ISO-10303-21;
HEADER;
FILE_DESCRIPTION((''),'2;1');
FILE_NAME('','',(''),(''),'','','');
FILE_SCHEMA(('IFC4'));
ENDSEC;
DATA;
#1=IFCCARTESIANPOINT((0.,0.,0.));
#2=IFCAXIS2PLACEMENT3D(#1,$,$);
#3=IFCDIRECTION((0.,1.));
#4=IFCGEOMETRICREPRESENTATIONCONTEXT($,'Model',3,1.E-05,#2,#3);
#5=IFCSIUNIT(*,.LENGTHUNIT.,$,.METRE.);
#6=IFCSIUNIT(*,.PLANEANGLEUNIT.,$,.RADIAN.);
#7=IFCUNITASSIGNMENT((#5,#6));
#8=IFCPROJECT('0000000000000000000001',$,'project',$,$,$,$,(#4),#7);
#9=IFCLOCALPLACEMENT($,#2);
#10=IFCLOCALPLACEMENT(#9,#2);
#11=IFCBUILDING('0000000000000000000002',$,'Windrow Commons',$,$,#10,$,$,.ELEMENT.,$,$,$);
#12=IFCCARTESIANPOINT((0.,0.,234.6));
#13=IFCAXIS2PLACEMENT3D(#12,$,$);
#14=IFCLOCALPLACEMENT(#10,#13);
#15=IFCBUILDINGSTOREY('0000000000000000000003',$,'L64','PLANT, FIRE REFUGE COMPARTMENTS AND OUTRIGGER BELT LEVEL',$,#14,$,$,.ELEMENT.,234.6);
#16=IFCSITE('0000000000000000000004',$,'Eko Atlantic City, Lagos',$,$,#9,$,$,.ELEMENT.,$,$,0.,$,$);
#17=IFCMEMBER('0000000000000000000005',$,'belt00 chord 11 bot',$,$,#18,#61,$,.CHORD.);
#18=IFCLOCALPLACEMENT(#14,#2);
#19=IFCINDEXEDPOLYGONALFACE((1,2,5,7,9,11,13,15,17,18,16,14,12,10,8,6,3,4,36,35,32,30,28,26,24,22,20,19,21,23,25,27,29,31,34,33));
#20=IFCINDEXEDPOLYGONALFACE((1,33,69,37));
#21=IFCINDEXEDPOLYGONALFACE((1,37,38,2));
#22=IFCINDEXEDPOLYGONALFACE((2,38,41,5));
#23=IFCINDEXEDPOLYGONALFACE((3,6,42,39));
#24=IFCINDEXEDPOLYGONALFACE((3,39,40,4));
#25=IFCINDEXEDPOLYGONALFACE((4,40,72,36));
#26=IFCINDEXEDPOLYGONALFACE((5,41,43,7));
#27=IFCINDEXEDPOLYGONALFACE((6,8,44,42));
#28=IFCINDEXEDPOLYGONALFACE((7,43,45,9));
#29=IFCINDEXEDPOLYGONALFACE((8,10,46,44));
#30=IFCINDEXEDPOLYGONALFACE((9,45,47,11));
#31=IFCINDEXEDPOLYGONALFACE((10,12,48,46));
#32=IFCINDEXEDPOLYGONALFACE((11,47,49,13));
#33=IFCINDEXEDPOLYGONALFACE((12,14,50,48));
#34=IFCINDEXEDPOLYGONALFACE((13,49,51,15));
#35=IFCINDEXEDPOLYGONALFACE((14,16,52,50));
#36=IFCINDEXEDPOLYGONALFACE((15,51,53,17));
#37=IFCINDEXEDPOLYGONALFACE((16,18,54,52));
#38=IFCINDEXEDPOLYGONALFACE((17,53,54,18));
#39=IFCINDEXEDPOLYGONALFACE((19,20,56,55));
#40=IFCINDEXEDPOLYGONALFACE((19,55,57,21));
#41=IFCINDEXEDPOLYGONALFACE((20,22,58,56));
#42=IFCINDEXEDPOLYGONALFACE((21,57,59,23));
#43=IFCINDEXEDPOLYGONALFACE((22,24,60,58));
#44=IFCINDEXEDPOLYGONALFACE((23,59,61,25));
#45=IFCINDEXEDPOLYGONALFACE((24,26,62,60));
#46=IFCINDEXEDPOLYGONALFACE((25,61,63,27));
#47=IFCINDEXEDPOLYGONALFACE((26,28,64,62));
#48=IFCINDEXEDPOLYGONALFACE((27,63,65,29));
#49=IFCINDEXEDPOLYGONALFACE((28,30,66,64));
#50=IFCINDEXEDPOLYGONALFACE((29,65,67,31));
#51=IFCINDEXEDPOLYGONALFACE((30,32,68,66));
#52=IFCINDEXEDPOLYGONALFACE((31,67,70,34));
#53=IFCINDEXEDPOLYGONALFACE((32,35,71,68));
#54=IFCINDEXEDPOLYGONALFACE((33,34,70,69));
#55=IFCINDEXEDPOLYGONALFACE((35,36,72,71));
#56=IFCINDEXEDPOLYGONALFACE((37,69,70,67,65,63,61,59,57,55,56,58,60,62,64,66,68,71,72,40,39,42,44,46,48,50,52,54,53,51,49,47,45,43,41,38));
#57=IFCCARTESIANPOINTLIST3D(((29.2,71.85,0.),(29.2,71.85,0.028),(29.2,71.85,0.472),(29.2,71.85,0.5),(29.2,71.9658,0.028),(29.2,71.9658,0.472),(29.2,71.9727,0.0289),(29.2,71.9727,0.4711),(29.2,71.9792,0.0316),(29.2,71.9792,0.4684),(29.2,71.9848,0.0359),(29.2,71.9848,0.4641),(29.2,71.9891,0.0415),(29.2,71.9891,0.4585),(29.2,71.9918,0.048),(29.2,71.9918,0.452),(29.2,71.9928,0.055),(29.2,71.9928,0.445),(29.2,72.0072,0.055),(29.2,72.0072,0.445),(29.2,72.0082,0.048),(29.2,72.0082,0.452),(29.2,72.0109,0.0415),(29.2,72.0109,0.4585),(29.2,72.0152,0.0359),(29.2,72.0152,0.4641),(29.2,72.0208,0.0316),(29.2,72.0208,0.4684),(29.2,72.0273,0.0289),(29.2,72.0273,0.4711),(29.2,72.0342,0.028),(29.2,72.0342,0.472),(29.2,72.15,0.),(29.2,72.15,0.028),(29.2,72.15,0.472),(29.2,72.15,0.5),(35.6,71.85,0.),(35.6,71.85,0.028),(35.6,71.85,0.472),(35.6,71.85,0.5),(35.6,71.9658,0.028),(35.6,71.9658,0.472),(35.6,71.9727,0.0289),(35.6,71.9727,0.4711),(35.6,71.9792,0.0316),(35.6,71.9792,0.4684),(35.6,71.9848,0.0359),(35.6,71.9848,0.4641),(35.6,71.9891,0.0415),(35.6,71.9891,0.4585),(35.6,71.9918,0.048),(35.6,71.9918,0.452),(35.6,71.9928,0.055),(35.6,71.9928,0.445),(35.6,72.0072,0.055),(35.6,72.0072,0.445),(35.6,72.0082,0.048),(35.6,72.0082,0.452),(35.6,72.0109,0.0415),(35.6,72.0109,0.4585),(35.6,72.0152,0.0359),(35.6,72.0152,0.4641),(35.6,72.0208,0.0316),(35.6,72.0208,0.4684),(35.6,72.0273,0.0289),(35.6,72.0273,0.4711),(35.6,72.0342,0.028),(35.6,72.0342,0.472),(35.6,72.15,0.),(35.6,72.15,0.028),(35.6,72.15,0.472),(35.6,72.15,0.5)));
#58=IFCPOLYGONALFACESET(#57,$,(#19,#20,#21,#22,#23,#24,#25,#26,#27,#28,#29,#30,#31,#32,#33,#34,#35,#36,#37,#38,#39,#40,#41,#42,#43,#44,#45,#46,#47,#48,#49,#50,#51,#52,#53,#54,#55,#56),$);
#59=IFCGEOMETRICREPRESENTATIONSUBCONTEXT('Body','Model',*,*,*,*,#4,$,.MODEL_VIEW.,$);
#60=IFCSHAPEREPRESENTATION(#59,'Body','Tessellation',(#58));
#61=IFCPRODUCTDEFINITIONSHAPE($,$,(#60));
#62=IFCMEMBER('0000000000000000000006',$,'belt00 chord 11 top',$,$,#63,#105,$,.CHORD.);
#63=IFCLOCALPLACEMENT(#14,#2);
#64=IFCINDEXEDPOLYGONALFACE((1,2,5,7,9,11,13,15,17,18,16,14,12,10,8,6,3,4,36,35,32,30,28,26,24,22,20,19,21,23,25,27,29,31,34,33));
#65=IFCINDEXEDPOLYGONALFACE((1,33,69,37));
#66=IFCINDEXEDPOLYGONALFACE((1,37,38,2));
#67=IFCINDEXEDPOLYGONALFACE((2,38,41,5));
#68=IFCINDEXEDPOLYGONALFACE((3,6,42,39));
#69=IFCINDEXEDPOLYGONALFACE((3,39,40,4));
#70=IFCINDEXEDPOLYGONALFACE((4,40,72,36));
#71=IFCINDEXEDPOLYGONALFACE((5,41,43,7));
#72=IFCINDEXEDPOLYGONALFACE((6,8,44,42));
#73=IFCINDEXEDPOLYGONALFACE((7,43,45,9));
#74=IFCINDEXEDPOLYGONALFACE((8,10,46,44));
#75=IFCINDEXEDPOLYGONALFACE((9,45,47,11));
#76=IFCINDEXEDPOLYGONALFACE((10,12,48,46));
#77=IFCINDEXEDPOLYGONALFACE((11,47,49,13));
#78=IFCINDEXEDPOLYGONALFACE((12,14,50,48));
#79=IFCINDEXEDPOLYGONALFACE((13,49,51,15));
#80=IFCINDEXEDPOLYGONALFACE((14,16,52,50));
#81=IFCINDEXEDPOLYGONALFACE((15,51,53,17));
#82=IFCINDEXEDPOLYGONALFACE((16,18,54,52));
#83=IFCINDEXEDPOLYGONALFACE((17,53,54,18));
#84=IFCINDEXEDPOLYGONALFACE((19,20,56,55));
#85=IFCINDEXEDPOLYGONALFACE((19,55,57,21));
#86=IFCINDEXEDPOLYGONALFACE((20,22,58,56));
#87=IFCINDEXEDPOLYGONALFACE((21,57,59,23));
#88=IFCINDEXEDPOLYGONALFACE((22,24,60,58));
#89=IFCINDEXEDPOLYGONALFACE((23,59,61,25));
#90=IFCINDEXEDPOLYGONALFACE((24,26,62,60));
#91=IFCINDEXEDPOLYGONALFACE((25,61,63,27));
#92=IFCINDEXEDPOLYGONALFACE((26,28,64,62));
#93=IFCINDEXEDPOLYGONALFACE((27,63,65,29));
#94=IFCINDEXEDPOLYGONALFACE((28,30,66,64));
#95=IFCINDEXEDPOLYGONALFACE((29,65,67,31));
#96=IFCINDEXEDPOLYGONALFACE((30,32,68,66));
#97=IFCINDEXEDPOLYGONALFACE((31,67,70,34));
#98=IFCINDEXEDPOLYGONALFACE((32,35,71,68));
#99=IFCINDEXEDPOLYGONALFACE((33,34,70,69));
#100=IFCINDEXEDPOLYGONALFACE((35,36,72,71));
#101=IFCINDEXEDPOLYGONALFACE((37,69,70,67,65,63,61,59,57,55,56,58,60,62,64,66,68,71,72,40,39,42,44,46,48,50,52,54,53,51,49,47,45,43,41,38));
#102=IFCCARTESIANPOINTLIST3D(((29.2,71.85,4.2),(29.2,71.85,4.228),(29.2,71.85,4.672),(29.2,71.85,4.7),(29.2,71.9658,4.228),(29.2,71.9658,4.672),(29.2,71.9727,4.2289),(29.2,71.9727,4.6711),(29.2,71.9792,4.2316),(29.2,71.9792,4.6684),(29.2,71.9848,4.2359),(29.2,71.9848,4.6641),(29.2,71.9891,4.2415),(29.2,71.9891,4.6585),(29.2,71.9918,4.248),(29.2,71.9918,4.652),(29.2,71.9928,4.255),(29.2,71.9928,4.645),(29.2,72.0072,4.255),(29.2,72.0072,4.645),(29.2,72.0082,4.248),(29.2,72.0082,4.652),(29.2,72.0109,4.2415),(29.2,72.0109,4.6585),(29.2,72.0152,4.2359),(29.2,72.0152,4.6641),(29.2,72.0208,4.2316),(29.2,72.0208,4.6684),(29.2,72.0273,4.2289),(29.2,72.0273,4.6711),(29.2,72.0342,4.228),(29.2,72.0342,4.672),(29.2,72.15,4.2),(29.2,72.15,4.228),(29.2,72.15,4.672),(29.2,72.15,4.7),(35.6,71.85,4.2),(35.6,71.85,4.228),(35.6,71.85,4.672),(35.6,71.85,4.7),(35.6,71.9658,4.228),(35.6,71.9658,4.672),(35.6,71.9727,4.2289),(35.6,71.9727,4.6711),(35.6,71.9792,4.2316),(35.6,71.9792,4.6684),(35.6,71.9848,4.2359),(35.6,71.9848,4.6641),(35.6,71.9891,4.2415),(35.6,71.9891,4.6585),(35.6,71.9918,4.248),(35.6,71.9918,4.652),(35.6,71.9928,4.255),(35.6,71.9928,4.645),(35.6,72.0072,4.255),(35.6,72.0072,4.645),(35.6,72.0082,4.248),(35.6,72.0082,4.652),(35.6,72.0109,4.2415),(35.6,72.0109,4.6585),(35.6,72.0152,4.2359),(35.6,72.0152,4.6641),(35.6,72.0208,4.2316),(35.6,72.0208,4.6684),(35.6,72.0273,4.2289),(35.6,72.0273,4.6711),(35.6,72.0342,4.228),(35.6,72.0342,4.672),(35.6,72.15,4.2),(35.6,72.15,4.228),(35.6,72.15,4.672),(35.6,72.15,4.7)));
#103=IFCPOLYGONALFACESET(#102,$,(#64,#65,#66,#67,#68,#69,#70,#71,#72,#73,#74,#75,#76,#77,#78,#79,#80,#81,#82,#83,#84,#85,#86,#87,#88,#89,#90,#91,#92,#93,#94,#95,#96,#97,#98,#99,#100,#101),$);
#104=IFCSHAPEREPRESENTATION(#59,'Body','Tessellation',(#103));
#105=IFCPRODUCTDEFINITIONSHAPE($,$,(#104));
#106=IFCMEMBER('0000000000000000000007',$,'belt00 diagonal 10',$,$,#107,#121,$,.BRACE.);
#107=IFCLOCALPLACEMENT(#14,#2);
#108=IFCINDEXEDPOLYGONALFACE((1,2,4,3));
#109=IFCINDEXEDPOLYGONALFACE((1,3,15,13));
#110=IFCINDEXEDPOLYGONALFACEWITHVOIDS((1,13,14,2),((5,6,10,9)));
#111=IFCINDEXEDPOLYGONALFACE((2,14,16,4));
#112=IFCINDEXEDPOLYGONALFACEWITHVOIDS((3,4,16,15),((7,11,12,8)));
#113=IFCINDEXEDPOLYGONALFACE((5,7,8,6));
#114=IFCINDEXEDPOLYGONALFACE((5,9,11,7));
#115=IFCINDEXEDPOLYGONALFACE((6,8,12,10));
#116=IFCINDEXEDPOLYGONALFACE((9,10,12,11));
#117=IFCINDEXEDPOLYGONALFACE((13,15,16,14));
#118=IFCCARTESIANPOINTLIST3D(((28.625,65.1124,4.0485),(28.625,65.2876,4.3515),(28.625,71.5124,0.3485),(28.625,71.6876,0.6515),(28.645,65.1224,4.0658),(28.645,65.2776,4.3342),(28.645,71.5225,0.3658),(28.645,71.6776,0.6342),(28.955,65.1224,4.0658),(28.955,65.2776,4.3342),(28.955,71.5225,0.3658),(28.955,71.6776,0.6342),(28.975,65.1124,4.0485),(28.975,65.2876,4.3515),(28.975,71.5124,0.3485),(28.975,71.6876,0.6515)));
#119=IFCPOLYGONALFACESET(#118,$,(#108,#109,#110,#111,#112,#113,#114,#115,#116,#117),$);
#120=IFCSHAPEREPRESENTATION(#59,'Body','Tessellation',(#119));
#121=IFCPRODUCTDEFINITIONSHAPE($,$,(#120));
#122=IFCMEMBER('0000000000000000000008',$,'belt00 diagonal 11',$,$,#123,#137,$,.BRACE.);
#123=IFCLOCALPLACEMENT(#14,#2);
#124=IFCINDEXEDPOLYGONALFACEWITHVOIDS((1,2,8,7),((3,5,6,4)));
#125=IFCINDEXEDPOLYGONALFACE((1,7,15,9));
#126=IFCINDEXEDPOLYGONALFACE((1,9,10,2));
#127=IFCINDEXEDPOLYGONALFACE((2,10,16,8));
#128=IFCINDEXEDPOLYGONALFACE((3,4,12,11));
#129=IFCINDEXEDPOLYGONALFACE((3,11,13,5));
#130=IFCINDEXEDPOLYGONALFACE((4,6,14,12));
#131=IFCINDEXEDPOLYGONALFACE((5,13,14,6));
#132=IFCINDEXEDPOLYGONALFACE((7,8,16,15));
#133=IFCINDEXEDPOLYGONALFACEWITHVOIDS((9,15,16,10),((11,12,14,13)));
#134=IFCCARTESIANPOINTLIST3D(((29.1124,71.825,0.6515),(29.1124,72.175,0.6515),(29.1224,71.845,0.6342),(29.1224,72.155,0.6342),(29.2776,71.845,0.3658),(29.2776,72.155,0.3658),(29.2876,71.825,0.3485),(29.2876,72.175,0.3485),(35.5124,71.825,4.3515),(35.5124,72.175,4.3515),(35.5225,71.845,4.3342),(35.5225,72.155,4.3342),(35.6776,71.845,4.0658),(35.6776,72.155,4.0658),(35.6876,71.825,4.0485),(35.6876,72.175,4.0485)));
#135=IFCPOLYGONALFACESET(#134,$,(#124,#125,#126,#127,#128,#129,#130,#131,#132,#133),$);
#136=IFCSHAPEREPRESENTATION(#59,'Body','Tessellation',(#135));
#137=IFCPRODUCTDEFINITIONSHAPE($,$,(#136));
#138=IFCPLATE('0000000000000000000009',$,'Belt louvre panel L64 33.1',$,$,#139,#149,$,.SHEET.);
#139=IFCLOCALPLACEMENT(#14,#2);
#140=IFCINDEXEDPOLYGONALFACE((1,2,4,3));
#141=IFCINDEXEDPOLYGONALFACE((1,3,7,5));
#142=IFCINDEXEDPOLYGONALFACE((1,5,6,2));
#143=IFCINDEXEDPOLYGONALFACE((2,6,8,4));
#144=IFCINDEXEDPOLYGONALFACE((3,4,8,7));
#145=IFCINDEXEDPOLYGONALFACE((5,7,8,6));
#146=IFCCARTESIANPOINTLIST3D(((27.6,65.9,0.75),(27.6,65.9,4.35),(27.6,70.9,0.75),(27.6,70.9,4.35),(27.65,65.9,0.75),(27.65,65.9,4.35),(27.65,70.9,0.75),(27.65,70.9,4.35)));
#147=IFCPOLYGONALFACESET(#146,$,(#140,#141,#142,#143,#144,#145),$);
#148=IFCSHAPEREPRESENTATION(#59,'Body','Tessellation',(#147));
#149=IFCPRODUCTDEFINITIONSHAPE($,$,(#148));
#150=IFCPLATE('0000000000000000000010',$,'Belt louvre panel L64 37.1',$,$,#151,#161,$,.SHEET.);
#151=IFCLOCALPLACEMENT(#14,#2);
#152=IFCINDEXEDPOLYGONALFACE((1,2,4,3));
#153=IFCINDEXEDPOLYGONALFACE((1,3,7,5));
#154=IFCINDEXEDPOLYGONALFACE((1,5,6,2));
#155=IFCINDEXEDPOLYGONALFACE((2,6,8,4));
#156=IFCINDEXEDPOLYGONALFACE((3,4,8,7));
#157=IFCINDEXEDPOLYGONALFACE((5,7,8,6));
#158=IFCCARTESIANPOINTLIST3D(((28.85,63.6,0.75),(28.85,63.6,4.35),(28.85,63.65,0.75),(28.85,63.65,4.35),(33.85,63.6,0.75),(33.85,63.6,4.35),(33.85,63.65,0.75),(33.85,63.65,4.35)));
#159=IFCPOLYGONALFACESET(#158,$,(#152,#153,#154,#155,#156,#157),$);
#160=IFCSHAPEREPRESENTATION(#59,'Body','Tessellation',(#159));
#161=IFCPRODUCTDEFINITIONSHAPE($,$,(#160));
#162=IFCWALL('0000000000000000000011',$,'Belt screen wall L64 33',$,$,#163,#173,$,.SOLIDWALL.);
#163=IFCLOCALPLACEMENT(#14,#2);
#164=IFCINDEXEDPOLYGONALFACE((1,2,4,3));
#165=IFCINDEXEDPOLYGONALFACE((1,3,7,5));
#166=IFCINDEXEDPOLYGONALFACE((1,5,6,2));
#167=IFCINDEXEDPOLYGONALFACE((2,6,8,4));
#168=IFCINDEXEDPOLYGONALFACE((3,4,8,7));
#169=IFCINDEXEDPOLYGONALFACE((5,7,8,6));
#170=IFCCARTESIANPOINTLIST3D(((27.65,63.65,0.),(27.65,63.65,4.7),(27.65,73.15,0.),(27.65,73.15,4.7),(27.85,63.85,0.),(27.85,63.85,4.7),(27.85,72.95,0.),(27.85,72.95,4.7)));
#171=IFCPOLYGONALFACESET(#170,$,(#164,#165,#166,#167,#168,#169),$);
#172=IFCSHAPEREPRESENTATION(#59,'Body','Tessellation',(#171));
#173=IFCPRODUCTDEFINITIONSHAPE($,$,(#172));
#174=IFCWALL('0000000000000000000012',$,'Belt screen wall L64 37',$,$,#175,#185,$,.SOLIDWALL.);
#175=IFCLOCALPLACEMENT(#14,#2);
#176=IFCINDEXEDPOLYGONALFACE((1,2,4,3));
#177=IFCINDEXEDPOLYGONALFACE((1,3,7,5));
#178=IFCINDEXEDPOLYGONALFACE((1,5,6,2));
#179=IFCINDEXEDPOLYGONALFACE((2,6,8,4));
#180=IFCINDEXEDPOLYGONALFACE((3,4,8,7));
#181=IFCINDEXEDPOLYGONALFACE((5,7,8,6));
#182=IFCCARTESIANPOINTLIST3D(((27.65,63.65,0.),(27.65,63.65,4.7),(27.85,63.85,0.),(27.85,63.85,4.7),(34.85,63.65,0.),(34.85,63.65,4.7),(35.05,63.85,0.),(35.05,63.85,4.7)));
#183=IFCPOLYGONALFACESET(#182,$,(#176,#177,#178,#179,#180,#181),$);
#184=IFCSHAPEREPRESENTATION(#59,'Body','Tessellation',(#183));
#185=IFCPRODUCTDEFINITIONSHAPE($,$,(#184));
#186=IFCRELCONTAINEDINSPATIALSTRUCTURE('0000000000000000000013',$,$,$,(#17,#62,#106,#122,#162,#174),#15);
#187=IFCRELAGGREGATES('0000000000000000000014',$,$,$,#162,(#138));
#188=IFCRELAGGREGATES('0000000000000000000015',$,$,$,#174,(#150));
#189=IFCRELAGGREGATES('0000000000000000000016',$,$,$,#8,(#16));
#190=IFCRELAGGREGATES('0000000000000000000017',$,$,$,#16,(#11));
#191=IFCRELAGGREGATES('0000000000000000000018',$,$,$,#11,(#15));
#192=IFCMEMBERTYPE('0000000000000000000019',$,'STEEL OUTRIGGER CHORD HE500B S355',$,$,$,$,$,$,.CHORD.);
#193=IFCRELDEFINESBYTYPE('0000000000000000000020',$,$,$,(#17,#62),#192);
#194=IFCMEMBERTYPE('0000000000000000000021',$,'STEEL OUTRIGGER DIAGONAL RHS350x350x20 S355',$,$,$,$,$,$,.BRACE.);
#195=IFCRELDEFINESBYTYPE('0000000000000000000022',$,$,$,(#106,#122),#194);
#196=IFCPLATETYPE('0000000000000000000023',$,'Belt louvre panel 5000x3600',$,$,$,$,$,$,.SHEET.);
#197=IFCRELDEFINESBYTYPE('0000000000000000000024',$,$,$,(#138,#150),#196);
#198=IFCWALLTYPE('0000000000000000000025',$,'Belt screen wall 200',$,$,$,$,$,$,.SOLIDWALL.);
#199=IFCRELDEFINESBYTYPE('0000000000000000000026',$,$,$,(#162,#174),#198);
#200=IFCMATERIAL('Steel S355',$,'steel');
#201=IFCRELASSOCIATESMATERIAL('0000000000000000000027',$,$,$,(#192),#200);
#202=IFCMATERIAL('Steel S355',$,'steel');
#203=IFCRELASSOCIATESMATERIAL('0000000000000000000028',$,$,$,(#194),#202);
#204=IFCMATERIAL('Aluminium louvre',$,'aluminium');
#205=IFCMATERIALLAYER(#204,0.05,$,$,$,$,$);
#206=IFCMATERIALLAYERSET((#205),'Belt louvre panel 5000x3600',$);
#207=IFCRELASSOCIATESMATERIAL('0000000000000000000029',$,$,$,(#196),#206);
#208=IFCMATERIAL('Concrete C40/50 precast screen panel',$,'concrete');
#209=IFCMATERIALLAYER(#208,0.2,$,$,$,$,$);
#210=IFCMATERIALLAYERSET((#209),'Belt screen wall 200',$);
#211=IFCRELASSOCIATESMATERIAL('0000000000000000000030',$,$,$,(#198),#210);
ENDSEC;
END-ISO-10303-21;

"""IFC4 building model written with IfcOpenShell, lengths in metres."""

from ifc_helpers import new_model, si_unit, direction, frame, origin, origin_2d, place, context, subcontext, project, spatial, polyline, hollow_rectangle, i_section, outline, extrude, material, layer, layer_set, material_profile, profile_set, type_object, element, aggregate, save


model = new_model("IFC4")

# Units and contexts
model_context = context("Model", 3, precision=1e-05, world=origin(), true_north=direction((0.0, 1.0)))
body_context = subcontext(model_context, "Body", "Model", "MODEL_VIEW")
ifc_project = project(units=[si_unit("LENGTHUNIT", "METRE"), si_unit("PLANEANGLEUNIT", "RADIAN")], contexts=[model_context])

# Site, building, storey
site_placement = place(None, origin())
site = spatial("IfcSite", under=ifc_project, at=site_placement, Name="Eko Atlantic City, Lagos", CompositionType="ELEMENT", RefElevation=0.0)
building_placement = place(site_placement, origin())
building = spatial("IfcBuilding", under=site, at=building_placement, Name="Windrow Commons", CompositionType="ELEMENT")
storey_placement = place(building_placement, frame((0.0, 0.0, 234.6)))
storey = spatial("IfcBuildingStorey", under=building, at=storey_placement, Name="L64", Description="PLANT, FIRE REFUGE COMPARTMENTS AND OUTRIGGER BELT LEVEL", CompositionType="ELEMENT", Elevation=234.6)

# Members
ifc_material_1 = material(Name="Steel S355", Category="steel")
ifc_material_profile_1 = material_profile(ifc_material_1, i_section(OverallWidth=0.3, OverallDepth=0.5, WebThickness=0.0145, FlangeThickness=0.028, FilletRadius=0.027, at=origin_2d()))
ifc_profile_set_1 = profile_set([ifc_material_profile_1], Name="Steel S355")
member_type_1 = type_object("IfcMemberType", Name="STEEL OUTRIGGER CHORD HE500B S355", PredefinedType="CHORD", material=ifc_profile_set_1)
for number, where, z_axis, x_axis, name in (
    (1, (29.2, 72.0, 0.25), (1.0, 0.0, 0.0), (0.0, 1.0, 0.0), "belt00 chord 11 bot"),
    (2, (29.2, 72.0, 4.45), (1.0, 0.0, 0.0), (0.0, 1.0, 0.0), "belt00 chord 11 top"),
):
    element("IfcMember", number, at=place(storey_placement, frame(where, z_axis=z_axis, x_axis=x_axis)), inside=storey, type_object=member_type_1, Name=name, PredefinedType="CHORD", context=body_context, shape_type="SweptSolid", body=[
        extrude(i_section(OverallWidth=0.3, OverallDepth=0.5, WebThickness=0.0145, FlangeThickness=0.028, FilletRadius=0.027, at=origin_2d()), origin(), (0.0, 0.0, 1.0), 6.4),
    ])
ifc_material_2 = material(Name="Steel S355", Category="steel")
ifc_material_profile_2 = material_profile(ifc_material_2, hollow_rectangle(XDim=0.35, YDim=0.35, WallThickness=0.02, at=origin_2d()))
ifc_profile_set_2 = profile_set([ifc_material_profile_2], Name="Steel S355")
member_type_2 = type_object("IfcMemberType", Name="STEEL OUTRIGGER DIAGONAL RHS350x350x20 S355", PredefinedType="BRACE", material=ifc_profile_set_2)
for number, where, z_axis, x_axis, name in (
    (3, (28.8, 65.2, 4.2), (0.0, 0.865735, -0.500503), (-1.0, 0.0, 0.0), "belt00 diagonal 10"),
    (4, (29.2, 72.0, 0.5), (0.865735, 0.0, 0.500503), (0.0, 1.0, 0.0), "belt00 diagonal 11"),
):
    element("IfcMember", number, at=place(storey_placement, frame(where, z_axis=z_axis, x_axis=x_axis)), inside=storey, type_object=member_type_2, Name=name, PredefinedType="BRACE", context=body_context, shape_type="SweptSolid", body=[
        extrude(hollow_rectangle(XDim=0.35, YDim=0.35, WallThickness=0.02, at=origin_2d()), origin(), (0.0, 0.0, 1.0), 7.3926),
    ])

# Plates
ifc_material_3 = material(Name="Aluminium louvre", Category="aluminium")
ifc_layer_1 = layer(ifc_material_3, 0.05)
ifc_layer_set_1 = layer_set([ifc_layer_1], Name="Belt louvre panel 5000x3600")
plate_type_1 = type_object("IfcPlateType", Name="Belt louvre panel 5000x3600", PredefinedType="SHEET", material=ifc_layer_set_1)
plate_1_placement = place(storey_placement, frame((27.6, 70.9, 0.75), z_axis=(-1.0, 0.0, 0.0), x_axis=(0.0, -1.0, 0.0)))
plate_1 = element("IfcPlate", 5, at=plate_1_placement, type_object=plate_type_1, Name="Belt louvre panel L64 33.1", PredefinedType="SHEET", context=body_context, shape_type="SweptSolid", body=[
    extrude(outline(polyline([(0.0, 0.0), (5.0, 0.0), (5.0, 3.6), (0.0, 3.6), (0.0, 0.0)])), origin(), (0.0, 0.0, -1.0), 0.05),
])
plate_2_placement = place(storey_placement, frame((28.85, 63.6, 0.75), z_axis=(0.0, -1.0, 0.0), x_axis=(1.0, 0.0, 0.0)))
plate_2 = element("IfcPlate", 6, at=plate_2_placement, type_object=plate_type_1, Name="Belt louvre panel L64 37.1", PredefinedType="SHEET", context=body_context, shape_type="SweptSolid", body=[
    extrude(outline(polyline([(0.0, 0.0), (5.0, 0.0), (5.0, 3.6), (0.0, 3.6), (0.0, 0.0)])), origin(), (0.0, 0.0, -1.0), 0.05),
])

# Walls
ifc_material_4 = material(Name="Concrete C40/50 precast screen panel", Category="concrete")
ifc_layer_2 = layer(ifc_material_4, 0.2)
ifc_layer_set_2 = layer_set([ifc_layer_2], Name="Belt screen wall 200")
wall_type_1 = type_object("IfcWallType", Name="Belt screen wall 200", PredefinedType="SOLIDWALL", material=ifc_layer_set_2)
wall_1_placement = place(storey_placement, frame((27.75, 73.05, 0.0), z_axis=(0.0, 0.0, 1.0), x_axis=(0.0, -1.0, 0.0)))
wall_1 = element("IfcWall", 7, at=wall_1_placement, inside=storey, type_object=wall_type_1, Name="Belt screen wall L64 33", PredefinedType="SOLIDWALL", context=body_context, shape_type="SweptSolid", body=[
    extrude(outline(polyline([(-0.1, -0.1), (9.4, -0.1), (9.2, 0.1), (0.1, 0.1), (-0.1, -0.1)])), origin(), (0.0, 0.0, 1.0), 4.7),
])
aggregate(wall_1, [plate_1])
wall_2_placement = place(storey_placement, frame((27.75, 63.75, 0.0), z_axis=(0.0, 0.0, 1.0), x_axis=(1.0, 0.0, 0.0)))
wall_2 = element("IfcWall", 8, at=wall_2_placement, inside=storey, type_object=wall_type_1, Name="Belt screen wall L64 37", PredefinedType="SOLIDWALL", context=body_context, shape_type="SweptSolid", body=[
    extrude(outline(polyline([(-0.1, -0.1), (7.1, -0.1), (7.3, 0.1), (0.1, 0.1), (-0.1, -0.1)])), origin(), (0.0, 0.0, 1.0), 4.7),
])
aggregate(wall_2, [plate_2])

save(model, "model.ifc")
